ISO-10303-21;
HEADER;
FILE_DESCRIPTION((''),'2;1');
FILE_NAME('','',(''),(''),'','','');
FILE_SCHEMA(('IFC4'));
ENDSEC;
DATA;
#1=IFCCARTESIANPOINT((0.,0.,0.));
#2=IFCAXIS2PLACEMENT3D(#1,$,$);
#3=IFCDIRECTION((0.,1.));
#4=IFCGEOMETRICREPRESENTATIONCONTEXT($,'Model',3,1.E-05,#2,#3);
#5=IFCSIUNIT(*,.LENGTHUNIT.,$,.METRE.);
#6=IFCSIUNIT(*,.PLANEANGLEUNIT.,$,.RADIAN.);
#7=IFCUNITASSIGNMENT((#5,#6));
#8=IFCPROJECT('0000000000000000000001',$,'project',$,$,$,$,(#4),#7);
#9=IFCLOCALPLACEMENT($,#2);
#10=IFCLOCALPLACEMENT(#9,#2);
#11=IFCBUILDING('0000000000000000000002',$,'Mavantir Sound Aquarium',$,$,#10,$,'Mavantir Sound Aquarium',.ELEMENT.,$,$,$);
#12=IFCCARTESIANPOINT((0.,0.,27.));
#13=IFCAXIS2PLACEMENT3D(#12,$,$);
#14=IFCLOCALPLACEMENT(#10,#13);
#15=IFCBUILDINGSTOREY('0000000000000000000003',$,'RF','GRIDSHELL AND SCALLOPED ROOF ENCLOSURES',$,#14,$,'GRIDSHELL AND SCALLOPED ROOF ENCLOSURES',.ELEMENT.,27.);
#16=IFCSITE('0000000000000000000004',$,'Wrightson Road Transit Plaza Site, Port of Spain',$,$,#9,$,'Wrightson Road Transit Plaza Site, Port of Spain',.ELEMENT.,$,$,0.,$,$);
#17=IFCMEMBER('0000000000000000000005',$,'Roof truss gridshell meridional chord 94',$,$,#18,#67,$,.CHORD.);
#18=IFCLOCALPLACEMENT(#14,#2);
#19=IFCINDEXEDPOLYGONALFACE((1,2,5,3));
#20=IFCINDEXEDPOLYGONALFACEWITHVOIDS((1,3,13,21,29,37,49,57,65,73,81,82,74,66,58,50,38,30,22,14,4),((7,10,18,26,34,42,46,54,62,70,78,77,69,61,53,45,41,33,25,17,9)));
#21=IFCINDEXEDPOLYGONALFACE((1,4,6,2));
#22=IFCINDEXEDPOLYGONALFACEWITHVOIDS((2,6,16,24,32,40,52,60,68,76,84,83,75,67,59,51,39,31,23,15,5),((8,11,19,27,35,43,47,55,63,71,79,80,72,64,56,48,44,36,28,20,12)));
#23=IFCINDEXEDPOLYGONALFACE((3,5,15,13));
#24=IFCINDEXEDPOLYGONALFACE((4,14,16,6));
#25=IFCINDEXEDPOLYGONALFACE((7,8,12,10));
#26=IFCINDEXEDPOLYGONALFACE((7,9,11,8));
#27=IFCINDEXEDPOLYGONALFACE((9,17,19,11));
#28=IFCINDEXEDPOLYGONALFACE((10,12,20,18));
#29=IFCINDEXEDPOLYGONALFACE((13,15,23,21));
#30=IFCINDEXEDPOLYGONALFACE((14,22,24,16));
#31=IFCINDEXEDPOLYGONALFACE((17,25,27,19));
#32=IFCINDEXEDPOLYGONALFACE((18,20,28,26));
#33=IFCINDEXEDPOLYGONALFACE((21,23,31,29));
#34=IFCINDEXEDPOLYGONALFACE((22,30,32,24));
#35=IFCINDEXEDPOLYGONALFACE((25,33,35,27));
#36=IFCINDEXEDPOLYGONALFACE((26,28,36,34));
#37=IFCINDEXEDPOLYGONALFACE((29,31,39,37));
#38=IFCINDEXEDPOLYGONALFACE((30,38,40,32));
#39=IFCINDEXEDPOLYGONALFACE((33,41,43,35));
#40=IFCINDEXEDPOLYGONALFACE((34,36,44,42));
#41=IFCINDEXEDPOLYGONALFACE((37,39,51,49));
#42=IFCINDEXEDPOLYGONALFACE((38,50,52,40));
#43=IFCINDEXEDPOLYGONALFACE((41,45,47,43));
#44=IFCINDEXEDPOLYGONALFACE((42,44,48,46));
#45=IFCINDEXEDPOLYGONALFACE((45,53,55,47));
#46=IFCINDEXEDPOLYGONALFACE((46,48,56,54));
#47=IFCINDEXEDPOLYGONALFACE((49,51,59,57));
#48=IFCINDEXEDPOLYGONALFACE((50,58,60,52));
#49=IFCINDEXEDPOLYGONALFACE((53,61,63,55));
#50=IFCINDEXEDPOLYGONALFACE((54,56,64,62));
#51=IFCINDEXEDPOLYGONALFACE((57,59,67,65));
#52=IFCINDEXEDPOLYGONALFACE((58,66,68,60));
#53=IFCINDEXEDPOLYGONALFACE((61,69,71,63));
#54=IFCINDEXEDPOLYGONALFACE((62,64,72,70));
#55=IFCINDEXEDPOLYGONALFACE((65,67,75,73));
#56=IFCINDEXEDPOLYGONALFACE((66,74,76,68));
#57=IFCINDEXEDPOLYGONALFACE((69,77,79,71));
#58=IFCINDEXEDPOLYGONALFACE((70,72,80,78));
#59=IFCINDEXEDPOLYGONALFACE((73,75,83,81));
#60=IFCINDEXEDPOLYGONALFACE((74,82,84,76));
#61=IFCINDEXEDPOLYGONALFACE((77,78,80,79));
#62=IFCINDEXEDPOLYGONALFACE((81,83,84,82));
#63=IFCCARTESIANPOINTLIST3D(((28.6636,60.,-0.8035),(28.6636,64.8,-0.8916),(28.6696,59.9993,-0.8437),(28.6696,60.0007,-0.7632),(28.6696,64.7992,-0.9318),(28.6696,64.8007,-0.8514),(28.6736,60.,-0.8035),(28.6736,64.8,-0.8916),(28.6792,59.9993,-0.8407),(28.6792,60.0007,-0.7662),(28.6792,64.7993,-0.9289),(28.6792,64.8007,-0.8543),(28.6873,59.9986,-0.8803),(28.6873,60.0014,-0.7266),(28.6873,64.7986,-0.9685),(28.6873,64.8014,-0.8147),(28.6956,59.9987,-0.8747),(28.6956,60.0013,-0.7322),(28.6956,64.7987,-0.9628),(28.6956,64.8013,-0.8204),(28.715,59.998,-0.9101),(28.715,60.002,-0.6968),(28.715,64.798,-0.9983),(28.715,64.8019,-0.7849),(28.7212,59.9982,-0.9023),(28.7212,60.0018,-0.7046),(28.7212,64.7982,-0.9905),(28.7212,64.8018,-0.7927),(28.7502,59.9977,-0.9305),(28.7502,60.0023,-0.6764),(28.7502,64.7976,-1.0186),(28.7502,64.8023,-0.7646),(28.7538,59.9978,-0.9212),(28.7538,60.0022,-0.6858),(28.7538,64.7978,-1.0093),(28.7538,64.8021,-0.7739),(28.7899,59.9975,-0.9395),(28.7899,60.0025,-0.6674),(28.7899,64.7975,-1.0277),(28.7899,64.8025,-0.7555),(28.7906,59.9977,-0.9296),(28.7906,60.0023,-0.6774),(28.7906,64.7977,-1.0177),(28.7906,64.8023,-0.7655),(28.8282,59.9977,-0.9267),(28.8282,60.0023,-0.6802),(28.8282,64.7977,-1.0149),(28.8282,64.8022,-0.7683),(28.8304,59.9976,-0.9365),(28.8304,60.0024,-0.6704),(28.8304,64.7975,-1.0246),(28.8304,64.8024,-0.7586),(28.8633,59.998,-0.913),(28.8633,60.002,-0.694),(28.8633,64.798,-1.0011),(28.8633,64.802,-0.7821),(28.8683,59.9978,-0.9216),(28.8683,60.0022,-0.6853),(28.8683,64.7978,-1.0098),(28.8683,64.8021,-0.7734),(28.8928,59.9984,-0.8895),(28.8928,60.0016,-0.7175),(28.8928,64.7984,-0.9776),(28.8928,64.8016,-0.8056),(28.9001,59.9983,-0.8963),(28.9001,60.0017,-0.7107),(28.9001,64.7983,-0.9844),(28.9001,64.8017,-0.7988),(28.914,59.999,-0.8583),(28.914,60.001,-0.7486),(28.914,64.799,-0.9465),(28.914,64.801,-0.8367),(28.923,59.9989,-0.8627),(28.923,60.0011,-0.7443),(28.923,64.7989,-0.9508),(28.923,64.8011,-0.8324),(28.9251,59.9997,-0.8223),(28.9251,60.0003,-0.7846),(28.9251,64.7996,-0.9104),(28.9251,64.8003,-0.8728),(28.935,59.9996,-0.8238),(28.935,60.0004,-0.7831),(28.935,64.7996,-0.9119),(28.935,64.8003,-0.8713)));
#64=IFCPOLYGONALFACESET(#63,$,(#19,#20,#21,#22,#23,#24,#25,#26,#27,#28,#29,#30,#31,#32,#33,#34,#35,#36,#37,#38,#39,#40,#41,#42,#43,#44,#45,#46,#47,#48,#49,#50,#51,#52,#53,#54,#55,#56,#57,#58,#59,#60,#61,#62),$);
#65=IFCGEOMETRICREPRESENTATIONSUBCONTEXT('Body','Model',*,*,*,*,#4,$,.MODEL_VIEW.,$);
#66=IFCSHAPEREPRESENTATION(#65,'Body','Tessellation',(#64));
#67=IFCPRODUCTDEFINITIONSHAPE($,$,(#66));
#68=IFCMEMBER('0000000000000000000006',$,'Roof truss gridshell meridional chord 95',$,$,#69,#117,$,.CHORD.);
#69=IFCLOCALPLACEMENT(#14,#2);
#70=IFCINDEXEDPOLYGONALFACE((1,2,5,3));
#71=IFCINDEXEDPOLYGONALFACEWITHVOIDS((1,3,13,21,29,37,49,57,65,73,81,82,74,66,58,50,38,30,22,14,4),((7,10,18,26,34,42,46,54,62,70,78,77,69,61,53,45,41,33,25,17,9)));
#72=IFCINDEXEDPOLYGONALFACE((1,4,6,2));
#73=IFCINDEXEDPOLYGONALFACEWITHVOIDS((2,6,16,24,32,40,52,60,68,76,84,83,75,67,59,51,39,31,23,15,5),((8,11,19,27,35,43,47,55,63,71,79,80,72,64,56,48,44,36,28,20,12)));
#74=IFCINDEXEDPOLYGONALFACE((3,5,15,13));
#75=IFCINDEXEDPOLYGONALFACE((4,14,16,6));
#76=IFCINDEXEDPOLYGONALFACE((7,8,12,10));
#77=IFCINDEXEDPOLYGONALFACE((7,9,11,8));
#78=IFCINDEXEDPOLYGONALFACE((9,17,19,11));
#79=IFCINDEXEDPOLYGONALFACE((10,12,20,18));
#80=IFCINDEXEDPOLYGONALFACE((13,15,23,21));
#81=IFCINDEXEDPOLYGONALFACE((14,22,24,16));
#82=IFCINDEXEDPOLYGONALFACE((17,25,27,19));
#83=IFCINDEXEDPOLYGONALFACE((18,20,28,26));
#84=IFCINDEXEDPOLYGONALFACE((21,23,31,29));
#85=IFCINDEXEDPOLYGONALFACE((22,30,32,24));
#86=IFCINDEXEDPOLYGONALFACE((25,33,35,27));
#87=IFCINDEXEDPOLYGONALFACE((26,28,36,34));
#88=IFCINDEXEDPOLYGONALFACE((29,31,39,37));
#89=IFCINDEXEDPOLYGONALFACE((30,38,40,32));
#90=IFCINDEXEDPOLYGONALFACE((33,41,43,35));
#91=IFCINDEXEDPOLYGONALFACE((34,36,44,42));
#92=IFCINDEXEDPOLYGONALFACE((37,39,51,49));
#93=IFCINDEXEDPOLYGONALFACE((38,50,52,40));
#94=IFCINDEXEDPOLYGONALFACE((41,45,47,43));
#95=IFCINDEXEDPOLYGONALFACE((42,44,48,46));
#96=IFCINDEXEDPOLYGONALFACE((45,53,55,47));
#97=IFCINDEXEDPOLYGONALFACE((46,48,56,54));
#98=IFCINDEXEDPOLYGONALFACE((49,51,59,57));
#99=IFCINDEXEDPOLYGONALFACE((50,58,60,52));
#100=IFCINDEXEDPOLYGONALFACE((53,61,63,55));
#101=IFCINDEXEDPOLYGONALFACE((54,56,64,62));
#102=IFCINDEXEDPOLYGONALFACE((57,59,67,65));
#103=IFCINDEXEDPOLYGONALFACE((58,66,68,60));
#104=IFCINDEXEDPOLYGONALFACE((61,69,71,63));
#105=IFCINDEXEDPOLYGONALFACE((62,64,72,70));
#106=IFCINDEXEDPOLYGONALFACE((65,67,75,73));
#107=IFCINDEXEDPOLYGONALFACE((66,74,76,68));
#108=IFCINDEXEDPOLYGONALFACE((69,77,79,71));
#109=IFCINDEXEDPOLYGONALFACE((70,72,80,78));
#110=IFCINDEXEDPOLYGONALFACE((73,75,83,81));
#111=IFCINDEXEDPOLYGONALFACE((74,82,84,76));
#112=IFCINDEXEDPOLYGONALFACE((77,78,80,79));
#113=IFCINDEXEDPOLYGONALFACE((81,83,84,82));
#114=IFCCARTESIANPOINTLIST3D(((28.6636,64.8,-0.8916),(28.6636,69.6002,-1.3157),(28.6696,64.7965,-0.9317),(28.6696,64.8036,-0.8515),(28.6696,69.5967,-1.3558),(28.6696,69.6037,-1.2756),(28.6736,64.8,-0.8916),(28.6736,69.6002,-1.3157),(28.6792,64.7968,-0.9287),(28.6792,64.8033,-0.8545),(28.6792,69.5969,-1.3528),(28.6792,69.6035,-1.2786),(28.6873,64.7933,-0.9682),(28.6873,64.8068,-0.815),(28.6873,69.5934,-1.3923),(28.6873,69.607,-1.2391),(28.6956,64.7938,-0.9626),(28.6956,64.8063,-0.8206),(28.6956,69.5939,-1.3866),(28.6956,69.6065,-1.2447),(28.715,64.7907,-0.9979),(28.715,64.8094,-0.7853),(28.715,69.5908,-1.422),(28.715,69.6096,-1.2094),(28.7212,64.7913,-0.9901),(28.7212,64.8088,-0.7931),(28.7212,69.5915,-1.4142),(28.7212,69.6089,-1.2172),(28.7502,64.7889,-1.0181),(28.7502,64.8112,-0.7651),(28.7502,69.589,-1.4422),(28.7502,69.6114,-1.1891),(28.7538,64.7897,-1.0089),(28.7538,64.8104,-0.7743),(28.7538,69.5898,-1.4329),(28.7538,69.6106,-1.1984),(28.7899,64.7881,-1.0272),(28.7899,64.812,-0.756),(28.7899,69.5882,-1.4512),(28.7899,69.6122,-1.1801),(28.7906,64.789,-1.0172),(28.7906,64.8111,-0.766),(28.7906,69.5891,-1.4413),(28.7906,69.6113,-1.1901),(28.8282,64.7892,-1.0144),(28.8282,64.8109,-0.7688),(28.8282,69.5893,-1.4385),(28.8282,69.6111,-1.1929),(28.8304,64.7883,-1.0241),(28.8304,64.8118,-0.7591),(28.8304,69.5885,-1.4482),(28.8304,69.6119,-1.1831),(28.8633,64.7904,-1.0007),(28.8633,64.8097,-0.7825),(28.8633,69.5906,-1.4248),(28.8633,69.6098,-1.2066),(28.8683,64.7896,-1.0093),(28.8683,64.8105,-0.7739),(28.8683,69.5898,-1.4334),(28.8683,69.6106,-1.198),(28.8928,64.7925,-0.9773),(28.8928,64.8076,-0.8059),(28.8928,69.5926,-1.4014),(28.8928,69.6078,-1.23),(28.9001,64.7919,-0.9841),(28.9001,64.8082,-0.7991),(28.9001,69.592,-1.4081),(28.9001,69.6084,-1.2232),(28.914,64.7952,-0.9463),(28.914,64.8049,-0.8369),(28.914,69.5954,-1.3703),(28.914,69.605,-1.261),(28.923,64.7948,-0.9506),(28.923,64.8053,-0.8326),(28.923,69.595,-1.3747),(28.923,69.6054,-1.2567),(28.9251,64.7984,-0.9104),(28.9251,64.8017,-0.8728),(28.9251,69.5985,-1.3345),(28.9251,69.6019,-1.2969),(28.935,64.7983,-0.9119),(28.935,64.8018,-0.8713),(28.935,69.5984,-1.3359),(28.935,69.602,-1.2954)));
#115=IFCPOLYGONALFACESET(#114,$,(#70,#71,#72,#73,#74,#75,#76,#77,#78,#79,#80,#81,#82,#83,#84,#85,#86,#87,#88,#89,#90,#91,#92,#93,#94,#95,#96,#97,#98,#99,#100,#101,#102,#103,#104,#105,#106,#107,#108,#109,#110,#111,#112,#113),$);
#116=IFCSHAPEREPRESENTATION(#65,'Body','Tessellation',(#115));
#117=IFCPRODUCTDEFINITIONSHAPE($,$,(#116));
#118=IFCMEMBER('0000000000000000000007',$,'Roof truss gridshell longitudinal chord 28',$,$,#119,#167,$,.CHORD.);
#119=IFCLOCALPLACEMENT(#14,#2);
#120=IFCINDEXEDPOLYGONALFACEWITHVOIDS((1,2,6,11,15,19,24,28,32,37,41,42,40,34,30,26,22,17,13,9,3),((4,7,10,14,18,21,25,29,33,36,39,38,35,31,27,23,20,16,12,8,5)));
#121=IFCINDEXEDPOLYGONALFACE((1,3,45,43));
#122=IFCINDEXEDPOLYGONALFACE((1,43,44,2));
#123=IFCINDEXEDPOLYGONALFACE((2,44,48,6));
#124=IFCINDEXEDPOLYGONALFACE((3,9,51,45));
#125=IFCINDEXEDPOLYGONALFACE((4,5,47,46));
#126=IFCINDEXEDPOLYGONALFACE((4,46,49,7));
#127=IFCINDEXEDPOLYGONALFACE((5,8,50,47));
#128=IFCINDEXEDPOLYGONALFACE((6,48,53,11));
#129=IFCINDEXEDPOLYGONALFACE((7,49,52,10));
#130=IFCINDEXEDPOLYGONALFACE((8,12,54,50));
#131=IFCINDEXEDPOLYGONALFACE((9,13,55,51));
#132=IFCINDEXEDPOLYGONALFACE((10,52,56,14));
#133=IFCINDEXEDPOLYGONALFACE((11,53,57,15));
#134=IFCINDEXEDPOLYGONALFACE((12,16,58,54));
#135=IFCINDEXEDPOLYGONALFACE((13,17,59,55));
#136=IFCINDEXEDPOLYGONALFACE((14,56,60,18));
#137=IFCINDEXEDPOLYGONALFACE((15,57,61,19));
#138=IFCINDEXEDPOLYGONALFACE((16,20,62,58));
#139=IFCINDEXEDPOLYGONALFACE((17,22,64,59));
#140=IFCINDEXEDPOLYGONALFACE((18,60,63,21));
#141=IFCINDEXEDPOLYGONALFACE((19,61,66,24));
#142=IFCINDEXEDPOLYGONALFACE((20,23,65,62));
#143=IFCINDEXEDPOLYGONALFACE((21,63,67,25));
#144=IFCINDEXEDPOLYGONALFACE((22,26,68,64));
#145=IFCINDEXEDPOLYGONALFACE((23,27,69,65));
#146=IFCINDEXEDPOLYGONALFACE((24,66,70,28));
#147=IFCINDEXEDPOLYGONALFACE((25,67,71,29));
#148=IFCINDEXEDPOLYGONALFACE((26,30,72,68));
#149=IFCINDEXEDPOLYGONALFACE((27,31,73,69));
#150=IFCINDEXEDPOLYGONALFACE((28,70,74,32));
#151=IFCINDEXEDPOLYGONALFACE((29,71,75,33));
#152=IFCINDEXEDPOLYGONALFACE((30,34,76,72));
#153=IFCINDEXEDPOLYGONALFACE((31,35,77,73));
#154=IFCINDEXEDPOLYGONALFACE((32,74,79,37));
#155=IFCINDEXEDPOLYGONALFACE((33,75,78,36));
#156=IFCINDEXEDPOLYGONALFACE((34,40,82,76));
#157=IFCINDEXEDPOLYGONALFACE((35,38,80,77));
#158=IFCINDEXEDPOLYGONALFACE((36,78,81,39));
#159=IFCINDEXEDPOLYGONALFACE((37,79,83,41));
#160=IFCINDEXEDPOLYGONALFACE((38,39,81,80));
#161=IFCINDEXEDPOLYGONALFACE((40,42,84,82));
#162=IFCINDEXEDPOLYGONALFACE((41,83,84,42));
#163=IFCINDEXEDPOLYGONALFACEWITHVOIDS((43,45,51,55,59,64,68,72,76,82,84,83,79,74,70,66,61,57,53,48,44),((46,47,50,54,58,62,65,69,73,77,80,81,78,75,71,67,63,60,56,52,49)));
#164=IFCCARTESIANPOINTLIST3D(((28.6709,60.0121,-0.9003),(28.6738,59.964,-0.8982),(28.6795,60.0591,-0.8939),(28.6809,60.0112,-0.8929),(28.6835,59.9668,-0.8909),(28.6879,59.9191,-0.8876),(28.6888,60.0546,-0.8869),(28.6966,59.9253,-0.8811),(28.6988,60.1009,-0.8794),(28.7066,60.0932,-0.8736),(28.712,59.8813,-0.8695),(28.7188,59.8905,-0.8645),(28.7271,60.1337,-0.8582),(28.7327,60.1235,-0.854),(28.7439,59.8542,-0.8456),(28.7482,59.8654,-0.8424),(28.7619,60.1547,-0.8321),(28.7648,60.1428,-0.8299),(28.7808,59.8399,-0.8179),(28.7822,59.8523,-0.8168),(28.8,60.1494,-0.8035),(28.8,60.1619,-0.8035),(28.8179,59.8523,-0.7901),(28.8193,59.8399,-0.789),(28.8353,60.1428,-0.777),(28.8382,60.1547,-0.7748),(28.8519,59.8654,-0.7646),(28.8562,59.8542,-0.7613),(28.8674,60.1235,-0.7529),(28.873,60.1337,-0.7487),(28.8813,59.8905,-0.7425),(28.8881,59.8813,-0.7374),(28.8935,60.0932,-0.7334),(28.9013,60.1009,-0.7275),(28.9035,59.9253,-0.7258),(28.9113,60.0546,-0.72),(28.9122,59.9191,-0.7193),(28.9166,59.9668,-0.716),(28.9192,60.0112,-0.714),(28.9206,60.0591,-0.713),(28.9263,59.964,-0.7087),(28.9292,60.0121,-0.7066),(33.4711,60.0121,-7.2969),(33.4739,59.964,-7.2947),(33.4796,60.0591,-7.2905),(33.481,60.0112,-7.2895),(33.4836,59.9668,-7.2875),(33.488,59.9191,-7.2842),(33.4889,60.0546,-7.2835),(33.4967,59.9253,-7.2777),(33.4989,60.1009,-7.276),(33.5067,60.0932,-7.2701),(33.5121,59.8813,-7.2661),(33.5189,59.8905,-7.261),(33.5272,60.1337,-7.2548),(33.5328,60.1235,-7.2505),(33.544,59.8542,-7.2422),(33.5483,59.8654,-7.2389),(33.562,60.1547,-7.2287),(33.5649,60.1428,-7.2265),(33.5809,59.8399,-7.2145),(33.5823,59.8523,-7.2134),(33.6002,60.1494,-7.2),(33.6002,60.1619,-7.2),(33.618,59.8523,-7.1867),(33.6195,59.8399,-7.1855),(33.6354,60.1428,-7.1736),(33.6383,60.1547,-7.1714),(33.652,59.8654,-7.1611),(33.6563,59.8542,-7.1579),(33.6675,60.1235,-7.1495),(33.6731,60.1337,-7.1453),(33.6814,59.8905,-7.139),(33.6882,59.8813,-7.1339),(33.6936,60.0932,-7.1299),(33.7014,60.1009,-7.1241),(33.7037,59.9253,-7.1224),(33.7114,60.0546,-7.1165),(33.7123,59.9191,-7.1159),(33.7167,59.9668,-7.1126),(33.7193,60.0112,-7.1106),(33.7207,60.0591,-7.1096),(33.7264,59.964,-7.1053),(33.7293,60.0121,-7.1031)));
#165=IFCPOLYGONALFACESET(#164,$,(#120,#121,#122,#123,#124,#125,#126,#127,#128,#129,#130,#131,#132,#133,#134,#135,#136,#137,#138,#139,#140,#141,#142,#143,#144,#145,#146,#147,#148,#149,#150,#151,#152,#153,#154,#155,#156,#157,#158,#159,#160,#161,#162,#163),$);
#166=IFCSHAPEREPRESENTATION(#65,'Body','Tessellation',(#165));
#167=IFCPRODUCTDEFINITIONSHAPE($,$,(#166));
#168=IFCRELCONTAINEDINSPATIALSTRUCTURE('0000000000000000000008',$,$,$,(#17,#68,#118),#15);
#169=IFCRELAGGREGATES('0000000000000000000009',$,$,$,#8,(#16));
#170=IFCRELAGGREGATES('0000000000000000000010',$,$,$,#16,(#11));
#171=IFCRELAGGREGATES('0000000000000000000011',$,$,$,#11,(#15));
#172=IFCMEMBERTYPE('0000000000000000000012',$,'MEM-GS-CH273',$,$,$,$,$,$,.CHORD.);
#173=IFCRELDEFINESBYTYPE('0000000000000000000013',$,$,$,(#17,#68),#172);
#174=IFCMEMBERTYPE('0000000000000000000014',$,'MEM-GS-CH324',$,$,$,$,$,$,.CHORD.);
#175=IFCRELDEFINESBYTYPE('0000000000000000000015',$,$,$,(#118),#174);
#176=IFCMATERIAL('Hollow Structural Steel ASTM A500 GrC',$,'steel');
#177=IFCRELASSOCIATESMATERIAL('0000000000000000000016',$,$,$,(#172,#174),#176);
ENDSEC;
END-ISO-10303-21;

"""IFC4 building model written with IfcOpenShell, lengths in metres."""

from ifc_helpers import new_model, si_unit, direction, frame, origin, origin_2d, place, context, subcontext, project, spatial, hollow_circle, extrude, material, material_profile, profile_set, type_object, element, save


model = new_model("IFC4")

# Units and contexts
model_context = context("Model", 3, precision=1e-05, world=origin(), true_north=direction((0.0, 1.0)))
body_context = subcontext(model_context, "Body", "Model", "MODEL_VIEW")
ifc_project = project(units=[si_unit("LENGTHUNIT", "METRE"), si_unit("PLANEANGLEUNIT", "RADIAN")], contexts=[model_context])

# Site, building, storey
site_placement = place(None, origin())
site = spatial("IfcSite", under=ifc_project, at=site_placement, Name="Wrightson Road Transit Plaza Site, Port of Spain", LongName="Wrightson Road Transit Plaza Site, Port of Spain", CompositionType="ELEMENT", RefElevation=0.0)
building_placement = place(site_placement, origin())
building = spatial("IfcBuilding", under=site, at=building_placement, Name="Mavantir Sound Aquarium", LongName="Mavantir Sound Aquarium", CompositionType="ELEMENT")
storey_placement = place(building_placement, frame((0.0, 0.0, 27.0)))
storey = spatial("IfcBuildingStorey", under=building, at=storey_placement, Name="RF", Description="GRIDSHELL AND SCALLOPED ROOF ENCLOSURES", LongName="GRIDSHELL AND SCALLOPED ROOF ENCLOSURES", CompositionType="ELEMENT", Elevation=27.0)

# Shared definitions
ifc_material_1 = material(Name="Hollow Structural Steel ASTM A500 GrC", Category="steel")

# Members
ifc_material_profile_1 = material_profile(ifc_material_1, hollow_circle(Radius=0.1365, WallThickness=0.01, at=origin_2d()), Name="CHS 273X10")
ifc_profile_set_1 = profile_set([ifc_material_profile_1], Name="Hollow Structural Steel ASTM A500 GrC")
member_type_1 = type_object("IfcMemberType", Name="MEM-GS-CH273", PredefinedType="CHORD", material=ifc_profile_set_1)
member_1_placement = place(storey_placement, frame((28.8, 60.0, -0.8035), z_axis=(0.0, 0.999831, -0.018358), x_axis=(-1.0, 0.0, 0.0)))
element("IfcMember", 1, at=member_1_placement, inside=storey, type_object=member_type_1, Name="Roof truss gridshell meridional chord 94", PredefinedType="CHORD", context=body_context, shape_type="SweptSolid", body=[
    extrude(hollow_circle(Radius=0.1365, WallThickness=0.01, at=origin_2d()), origin(), (0.0, 0.0, 1.0), 4.8008),
])
member_2_placement = place(storey_placement, frame((28.8, 64.8, -0.8916), z_axis=(0.0, 0.99612, -0.088005), x_axis=(-1.0, 0.0, 0.0)))
element("IfcMember", 2, at=member_2_placement, inside=storey, type_object=member_type_1, Name="Roof truss gridshell meridional chord 95", PredefinedType="CHORD", context=body_context, shape_type="SweptSolid", body=[
    extrude(hollow_circle(Radius=0.1365, WallThickness=0.01, at=origin_2d()), origin(), (0.0, 0.0, 1.0), 4.8188),
])
ifc_material_profile_2 = material_profile(ifc_material_1, hollow_circle(Radius=0.1619, WallThickness=0.0125, at=origin_2d()), Name="CHS 323.9X12.5")
ifc_profile_set_2 = profile_set([ifc_material_profile_2], Name="Hollow Structural Steel ASTM A500 GrC")
member_type_2 = type_object("IfcMemberType", Name="MEM-GS-CH324", PredefinedType="CHORD", material=ifc_profile_set_2)
member_3_placement = place(storey_placement, frame((28.8, 60.0, -0.8035), z_axis=(0.600215, 0.0, -0.799839), x_axis=(0.0, 1.0, 0.0)))
element("IfcMember", 3, at=member_3_placement, inside=storey, type_object=member_type_2, Name="Roof truss gridshell longitudinal chord 28", PredefinedType="CHORD", context=body_context, shape_type="SweptSolid", body=[
    extrude(hollow_circle(Radius=0.1619, WallThickness=0.0125, at=origin_2d()), origin(), (0.0, 0.0, 1.0), 7.9973),
])

save(model, "model.ifc")
